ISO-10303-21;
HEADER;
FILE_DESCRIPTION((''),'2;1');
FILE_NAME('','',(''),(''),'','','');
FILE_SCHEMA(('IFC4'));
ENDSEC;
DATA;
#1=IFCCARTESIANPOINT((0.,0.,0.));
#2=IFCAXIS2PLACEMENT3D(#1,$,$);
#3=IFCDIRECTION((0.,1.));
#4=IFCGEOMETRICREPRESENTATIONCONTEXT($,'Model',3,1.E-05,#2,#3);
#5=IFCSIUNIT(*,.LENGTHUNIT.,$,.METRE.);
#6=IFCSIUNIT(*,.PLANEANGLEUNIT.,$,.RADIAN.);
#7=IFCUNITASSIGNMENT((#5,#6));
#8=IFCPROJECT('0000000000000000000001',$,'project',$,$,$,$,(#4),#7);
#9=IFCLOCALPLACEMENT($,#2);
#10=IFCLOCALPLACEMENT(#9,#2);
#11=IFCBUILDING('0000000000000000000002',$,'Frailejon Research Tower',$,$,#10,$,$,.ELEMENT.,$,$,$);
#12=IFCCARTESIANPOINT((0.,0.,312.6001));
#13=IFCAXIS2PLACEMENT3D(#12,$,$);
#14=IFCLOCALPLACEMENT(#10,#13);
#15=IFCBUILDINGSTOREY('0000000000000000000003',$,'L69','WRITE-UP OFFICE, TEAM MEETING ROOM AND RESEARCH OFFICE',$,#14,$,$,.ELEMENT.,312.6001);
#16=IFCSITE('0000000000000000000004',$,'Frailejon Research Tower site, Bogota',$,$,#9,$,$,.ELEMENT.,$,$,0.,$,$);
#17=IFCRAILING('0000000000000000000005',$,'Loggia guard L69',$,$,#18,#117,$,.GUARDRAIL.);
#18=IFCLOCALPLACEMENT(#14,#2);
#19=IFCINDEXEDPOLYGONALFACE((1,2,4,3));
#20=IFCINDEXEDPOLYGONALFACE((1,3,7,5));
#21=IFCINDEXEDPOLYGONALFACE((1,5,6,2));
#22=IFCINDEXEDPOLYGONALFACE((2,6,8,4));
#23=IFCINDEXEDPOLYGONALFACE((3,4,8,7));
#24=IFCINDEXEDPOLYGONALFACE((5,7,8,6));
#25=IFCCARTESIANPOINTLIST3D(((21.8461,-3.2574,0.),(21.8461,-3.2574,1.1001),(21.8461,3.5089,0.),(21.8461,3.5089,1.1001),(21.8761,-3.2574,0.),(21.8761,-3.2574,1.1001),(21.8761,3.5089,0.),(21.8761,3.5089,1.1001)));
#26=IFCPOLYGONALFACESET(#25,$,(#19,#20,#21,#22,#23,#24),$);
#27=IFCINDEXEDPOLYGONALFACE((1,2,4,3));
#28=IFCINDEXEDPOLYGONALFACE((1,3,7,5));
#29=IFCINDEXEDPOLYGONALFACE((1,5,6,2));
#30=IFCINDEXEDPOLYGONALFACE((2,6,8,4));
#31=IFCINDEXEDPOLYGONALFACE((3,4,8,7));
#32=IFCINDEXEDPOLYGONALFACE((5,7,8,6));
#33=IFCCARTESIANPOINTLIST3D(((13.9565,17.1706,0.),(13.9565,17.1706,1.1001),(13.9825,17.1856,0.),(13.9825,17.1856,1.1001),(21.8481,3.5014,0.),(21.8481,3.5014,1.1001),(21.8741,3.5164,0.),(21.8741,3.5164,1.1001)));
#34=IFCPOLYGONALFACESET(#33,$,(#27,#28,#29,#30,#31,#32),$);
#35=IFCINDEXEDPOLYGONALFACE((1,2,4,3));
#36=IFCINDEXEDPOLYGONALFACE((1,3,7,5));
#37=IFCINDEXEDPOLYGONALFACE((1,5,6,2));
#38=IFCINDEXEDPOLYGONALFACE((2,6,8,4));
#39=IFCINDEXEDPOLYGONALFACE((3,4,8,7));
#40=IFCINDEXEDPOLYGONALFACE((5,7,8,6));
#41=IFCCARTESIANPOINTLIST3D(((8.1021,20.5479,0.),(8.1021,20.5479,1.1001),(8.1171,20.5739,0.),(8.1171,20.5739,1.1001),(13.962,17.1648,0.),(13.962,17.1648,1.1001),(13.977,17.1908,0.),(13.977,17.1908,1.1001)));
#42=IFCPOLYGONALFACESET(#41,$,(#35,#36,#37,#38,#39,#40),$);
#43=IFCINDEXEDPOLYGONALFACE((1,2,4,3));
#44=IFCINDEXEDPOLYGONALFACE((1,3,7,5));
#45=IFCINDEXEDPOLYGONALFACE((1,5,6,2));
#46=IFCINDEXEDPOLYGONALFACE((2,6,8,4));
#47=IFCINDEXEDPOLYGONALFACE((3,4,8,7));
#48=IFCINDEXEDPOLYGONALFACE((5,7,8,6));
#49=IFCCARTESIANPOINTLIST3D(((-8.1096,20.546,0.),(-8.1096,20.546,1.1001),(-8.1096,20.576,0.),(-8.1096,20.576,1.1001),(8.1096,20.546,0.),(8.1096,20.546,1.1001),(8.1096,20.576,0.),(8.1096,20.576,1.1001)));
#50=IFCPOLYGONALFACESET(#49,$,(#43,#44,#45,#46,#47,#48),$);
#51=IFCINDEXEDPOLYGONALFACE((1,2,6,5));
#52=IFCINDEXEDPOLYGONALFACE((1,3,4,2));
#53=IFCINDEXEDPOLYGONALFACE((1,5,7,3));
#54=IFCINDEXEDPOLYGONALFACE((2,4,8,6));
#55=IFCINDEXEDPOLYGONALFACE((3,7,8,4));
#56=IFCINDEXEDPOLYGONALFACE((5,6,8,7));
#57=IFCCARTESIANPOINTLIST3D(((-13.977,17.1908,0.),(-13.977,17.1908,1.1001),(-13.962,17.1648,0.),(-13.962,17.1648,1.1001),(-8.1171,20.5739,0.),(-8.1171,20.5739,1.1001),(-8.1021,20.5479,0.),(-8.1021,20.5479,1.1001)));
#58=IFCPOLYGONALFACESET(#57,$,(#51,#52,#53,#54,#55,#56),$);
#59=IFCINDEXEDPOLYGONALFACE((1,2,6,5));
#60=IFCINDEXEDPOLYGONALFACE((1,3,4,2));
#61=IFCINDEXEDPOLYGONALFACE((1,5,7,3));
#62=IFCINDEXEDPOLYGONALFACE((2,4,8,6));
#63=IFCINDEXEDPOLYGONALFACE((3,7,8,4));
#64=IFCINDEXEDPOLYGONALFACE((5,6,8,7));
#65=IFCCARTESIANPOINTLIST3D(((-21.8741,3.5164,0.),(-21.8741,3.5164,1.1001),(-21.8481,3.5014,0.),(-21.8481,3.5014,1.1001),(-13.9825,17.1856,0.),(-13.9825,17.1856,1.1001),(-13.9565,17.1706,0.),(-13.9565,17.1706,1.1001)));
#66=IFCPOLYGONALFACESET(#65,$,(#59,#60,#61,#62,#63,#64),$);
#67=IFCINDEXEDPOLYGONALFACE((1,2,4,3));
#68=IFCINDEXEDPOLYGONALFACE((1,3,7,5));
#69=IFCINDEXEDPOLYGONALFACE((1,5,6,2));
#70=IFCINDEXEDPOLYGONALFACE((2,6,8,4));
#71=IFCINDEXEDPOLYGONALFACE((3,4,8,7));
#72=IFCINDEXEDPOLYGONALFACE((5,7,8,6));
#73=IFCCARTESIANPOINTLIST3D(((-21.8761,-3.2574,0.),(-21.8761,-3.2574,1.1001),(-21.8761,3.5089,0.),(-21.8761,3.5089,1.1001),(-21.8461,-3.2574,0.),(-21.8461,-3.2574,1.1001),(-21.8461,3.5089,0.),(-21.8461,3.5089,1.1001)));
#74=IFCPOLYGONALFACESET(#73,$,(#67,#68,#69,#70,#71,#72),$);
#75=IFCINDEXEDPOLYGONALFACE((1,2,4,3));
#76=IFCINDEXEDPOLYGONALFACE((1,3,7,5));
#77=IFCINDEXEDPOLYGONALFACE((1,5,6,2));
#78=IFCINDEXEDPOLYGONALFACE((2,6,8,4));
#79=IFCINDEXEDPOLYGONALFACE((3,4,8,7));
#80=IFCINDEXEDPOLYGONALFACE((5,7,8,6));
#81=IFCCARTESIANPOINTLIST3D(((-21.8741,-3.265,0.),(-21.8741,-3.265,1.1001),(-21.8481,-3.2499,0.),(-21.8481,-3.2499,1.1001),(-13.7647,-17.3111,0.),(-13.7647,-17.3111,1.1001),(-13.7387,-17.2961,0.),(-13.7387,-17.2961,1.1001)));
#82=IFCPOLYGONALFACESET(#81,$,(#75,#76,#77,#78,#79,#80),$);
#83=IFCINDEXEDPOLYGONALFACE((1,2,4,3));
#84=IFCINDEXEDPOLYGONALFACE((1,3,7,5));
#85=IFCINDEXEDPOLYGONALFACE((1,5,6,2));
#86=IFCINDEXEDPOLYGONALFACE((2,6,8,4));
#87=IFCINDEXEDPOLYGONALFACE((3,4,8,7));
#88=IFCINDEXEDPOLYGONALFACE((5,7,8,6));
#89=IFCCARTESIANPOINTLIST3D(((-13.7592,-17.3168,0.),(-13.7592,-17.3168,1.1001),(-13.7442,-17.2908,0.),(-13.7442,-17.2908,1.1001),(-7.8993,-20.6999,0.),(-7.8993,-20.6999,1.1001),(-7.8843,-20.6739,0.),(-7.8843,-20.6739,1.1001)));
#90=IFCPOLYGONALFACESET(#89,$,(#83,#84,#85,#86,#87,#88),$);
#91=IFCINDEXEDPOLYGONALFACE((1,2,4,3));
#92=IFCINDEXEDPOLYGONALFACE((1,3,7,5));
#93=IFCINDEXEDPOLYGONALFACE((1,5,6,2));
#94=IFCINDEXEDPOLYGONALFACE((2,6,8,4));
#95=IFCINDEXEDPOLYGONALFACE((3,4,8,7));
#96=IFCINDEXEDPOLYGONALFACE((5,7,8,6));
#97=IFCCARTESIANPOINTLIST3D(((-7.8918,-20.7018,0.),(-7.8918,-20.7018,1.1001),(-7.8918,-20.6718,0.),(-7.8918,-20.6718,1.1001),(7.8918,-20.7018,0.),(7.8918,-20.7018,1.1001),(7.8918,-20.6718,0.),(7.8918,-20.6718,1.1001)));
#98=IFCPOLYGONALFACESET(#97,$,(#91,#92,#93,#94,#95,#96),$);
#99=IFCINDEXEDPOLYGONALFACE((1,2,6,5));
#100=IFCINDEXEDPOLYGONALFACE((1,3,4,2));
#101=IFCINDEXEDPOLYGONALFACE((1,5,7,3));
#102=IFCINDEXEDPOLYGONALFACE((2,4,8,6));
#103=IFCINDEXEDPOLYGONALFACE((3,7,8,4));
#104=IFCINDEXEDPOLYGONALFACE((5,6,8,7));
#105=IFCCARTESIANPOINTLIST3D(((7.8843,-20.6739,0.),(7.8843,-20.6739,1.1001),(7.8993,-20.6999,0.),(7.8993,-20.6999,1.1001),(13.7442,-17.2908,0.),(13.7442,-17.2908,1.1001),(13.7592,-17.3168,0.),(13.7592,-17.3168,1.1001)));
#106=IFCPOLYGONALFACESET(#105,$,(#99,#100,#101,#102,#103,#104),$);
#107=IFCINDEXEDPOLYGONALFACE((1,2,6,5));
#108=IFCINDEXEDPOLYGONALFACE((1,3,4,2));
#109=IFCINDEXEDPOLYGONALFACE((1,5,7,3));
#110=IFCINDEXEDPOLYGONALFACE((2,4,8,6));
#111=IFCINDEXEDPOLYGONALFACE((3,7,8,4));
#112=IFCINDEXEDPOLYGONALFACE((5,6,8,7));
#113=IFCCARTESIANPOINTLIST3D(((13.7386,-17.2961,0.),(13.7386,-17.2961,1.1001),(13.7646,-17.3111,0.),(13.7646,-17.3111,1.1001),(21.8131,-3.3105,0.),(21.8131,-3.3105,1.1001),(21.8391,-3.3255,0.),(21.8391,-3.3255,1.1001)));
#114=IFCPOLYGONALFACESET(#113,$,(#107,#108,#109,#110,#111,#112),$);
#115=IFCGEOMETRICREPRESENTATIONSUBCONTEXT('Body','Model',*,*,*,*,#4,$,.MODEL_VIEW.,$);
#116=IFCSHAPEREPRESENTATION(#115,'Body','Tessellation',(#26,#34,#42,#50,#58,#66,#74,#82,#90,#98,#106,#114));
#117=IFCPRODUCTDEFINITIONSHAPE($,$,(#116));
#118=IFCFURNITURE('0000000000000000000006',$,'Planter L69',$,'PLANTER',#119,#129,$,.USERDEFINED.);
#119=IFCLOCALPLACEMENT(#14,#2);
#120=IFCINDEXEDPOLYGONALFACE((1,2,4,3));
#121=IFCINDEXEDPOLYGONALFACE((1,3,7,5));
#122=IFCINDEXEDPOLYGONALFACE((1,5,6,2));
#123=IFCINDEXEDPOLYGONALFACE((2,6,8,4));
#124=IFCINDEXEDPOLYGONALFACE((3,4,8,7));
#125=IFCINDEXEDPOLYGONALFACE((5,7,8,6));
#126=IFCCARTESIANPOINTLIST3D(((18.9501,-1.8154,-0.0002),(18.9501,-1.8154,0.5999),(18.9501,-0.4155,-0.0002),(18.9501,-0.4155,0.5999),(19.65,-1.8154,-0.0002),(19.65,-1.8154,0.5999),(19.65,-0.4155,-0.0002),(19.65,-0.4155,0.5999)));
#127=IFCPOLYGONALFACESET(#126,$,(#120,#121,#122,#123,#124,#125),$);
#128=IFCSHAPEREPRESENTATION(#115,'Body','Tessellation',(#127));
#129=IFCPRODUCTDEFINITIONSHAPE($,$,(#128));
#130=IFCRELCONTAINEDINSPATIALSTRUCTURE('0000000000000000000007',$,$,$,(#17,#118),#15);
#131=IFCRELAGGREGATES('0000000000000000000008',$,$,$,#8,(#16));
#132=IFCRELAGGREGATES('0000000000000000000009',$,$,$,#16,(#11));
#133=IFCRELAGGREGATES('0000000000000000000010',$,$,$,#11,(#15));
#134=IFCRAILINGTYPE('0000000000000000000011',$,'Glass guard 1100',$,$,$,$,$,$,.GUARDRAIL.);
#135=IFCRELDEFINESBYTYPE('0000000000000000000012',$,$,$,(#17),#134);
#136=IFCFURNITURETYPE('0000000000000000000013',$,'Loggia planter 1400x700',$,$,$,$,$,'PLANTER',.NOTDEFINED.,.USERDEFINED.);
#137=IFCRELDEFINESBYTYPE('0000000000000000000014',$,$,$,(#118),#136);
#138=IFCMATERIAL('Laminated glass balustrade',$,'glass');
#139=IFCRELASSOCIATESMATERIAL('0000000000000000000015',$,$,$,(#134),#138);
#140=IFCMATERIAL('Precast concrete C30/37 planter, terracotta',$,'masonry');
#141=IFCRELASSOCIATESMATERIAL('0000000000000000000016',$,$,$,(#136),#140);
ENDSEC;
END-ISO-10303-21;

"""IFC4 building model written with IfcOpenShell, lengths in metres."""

from ifc_helpers import new_model, si_unit, direction, frame, origin, origin_2d, place, context, subcontext, project, spatial, rectangle, extrude, material, type_object, element, save


model = new_model("IFC4")

# Units and contexts
model_context = context("Model", 3, precision=1e-05, world=origin(), true_north=direction((0.0, 1.0)))
body_context = subcontext(model_context, "Body", "Model", "MODEL_VIEW")
ifc_project = project(units=[si_unit("LENGTHUNIT", "METRE"), si_unit("PLANEANGLEUNIT", "RADIAN")], contexts=[model_context])

# Site, building, storey
site_placement = place(None, origin())
site = spatial("IfcSite", under=ifc_project, at=site_placement, Name="Frailejon Research Tower site, Bogota", CompositionType="ELEMENT", RefElevation=0.0)
building_placement = place(site_placement, origin())
building = spatial("IfcBuilding", under=site, at=building_placement, Name="Frailejon Research Tower", CompositionType="ELEMENT")
storey_placement = place(building_placement, frame((0.0, 0.0, 312.6001)))
storey = spatial("IfcBuildingStorey", under=building, at=storey_placement, Name="L69", Description="WRITE-UP OFFICE, TEAM MEETING ROOM AND RESEARCH OFFICE", CompositionType="ELEMENT", Elevation=312.6001)

# Railing
ifc_material_1 = material(Name="Laminated glass balustrade", Category="glass")
railing_type = type_object("IfcRailingType", Name="Glass guard 1100", PredefinedType="GUARDRAIL", material=ifc_material_1)
railing_placement = place(storey_placement, frame((21.8611, -3.2576, 0.0)))
element("IfcRailing", 1, at=railing_placement, inside=storey, type_object=railing_type, Name="Loggia guard L69", PredefinedType="GUARDRAIL", context=body_context, shape_type="SweptSolid", body=[
    extrude(rectangle(XDim=6.7664, YDim=0.03, at=origin_2d()), frame((0.0, 3.3833, 0.0), z_axis=(0.0, 0.0, 1.0), x_axis=(0.0, 1.0, 0.0)), (0.0, 0.0, 1.0), 1.1001),
    extrude(rectangle(XDim=15.7837, YDim=0.03, at=origin_2d()), frame((-3.9458, 13.6011, 0.0), z_axis=(0.0, 0.0, 1.0), x_axis=(-0.499985, 0.866034, 0.0)), (0.0, 0.0, 1.0), 1.1001),
    extrude(rectangle(XDim=6.7664, YDim=0.03, at=origin_2d()), frame((-10.8215, 22.127, 0.0), z_axis=(0.0, 0.0, 1.0), x_axis=(-0.866034, 0.499985, 0.0)), (0.0, 0.0, 1.0), 1.1001),
    extrude(rectangle(XDim=16.2192, YDim=0.03, at=origin_2d()), frame((-21.8611, 23.8186, 0.0), z_axis=(0.0, 0.0, 1.0), x_axis=(-1.0, 0.0, 0.0)), (0.0, 0.0, 1.0), 1.1001),
    extrude(rectangle(XDim=6.7664, YDim=0.03, at=origin_2d()), frame((-32.9006, 22.127, 0.0), z_axis=(0.0, 0.0, 1.0), x_axis=(-0.866034, -0.499985, 0.0)), (0.0, 0.0, 1.0), 1.1001),
    extrude(rectangle(XDim=15.7837, YDim=0.03, at=origin_2d()), frame((-39.7764, 13.6011, 0.0), z_axis=(0.0, 0.0, 1.0), x_axis=(-0.499985, -0.866034, 0.0)), (0.0, 0.0, 1.0), 1.1001),
    extrude(rectangle(XDim=6.7664, YDim=0.03, at=origin_2d()), frame((-43.7222, 3.3833, 0.0), z_axis=(0.0, 0.0, 1.0), x_axis=(0.0, -1.0, 0.0)), (0.0, 0.0, 1.0), 1.1001),
    extrude(rectangle(XDim=16.219, YDim=0.03, at=origin_2d()), frame((-39.6675, -7.0229, 0.0), z_axis=(0.0, 0.0, 1.0), x_axis=(0.499992, -0.86603, 0.0)), (0.0, 0.0, 1.0), 1.1001),
    extrude(rectangle(XDim=6.7664, YDim=0.03, at=origin_2d()), frame((-32.6829, -15.7378, 0.0), z_axis=(0.0, 0.0, 1.0), x_axis=(0.866034, -0.499985, 0.0)), (0.0, 0.0, 1.0), 1.1001),
    extrude(rectangle(XDim=15.7837, YDim=0.03, at=origin_2d()), frame((-21.8611, -17.4292, 0.0), z_axis=(0.0, 0.0, 1.0), x_axis=(1.0, 0.0, 0.0)), (0.0, 0.0, 1.0), 1.1001),
    extrude(rectangle(XDim=6.7664, YDim=0.03, at=origin_2d()), frame((-11.0393, -15.7378, 0.0), z_axis=(0.0, 0.0, 1.0), x_axis=(0.866034, 0.499985, 0.0)), (0.0, 0.0, 1.0), 1.1001),
    extrude(rectangle(XDim=16.1492, YDim=0.03, at=origin_2d()), frame((-4.0723, -7.0532, 0.0), z_axis=(0.0, 0.0, 1.0), x_axis=(0.499994, 0.866029, 0.0)), (0.0, 0.0, 1.0), 1.1001),
])

# Furniture
ifc_material_2 = material(Name="Precast concrete C30/37 planter, terracotta", Category="masonry")
furniture_type = type_object("IfcFurnitureType", Name="Loggia planter 1400x700", ElementType="PLANTER", AssemblyPlace="NOTDEFINED", PredefinedType="USERDEFINED", material=ifc_material_2)
furniture_placement = place(storey_placement, frame((19.3, -1.1155, -0.0002), z_axis=(0.0, 0.0, 1.0), x_axis=(0.0, 1.0, 0.0)))
element("IfcFurniture", 2, at=furniture_placement, inside=storey, type_object=furniture_type, Name="Planter L69", ObjectType="PLANTER", PredefinedType="USERDEFINED", context=body_context, shape_type="SweptSolid", body=[
    extrude(rectangle(XDim=1.3999, YDim=0.7, at=origin_2d()), origin(), (0.0, 0.0, 1.0), 0.6001),
])

save(model, "model.ifc")
